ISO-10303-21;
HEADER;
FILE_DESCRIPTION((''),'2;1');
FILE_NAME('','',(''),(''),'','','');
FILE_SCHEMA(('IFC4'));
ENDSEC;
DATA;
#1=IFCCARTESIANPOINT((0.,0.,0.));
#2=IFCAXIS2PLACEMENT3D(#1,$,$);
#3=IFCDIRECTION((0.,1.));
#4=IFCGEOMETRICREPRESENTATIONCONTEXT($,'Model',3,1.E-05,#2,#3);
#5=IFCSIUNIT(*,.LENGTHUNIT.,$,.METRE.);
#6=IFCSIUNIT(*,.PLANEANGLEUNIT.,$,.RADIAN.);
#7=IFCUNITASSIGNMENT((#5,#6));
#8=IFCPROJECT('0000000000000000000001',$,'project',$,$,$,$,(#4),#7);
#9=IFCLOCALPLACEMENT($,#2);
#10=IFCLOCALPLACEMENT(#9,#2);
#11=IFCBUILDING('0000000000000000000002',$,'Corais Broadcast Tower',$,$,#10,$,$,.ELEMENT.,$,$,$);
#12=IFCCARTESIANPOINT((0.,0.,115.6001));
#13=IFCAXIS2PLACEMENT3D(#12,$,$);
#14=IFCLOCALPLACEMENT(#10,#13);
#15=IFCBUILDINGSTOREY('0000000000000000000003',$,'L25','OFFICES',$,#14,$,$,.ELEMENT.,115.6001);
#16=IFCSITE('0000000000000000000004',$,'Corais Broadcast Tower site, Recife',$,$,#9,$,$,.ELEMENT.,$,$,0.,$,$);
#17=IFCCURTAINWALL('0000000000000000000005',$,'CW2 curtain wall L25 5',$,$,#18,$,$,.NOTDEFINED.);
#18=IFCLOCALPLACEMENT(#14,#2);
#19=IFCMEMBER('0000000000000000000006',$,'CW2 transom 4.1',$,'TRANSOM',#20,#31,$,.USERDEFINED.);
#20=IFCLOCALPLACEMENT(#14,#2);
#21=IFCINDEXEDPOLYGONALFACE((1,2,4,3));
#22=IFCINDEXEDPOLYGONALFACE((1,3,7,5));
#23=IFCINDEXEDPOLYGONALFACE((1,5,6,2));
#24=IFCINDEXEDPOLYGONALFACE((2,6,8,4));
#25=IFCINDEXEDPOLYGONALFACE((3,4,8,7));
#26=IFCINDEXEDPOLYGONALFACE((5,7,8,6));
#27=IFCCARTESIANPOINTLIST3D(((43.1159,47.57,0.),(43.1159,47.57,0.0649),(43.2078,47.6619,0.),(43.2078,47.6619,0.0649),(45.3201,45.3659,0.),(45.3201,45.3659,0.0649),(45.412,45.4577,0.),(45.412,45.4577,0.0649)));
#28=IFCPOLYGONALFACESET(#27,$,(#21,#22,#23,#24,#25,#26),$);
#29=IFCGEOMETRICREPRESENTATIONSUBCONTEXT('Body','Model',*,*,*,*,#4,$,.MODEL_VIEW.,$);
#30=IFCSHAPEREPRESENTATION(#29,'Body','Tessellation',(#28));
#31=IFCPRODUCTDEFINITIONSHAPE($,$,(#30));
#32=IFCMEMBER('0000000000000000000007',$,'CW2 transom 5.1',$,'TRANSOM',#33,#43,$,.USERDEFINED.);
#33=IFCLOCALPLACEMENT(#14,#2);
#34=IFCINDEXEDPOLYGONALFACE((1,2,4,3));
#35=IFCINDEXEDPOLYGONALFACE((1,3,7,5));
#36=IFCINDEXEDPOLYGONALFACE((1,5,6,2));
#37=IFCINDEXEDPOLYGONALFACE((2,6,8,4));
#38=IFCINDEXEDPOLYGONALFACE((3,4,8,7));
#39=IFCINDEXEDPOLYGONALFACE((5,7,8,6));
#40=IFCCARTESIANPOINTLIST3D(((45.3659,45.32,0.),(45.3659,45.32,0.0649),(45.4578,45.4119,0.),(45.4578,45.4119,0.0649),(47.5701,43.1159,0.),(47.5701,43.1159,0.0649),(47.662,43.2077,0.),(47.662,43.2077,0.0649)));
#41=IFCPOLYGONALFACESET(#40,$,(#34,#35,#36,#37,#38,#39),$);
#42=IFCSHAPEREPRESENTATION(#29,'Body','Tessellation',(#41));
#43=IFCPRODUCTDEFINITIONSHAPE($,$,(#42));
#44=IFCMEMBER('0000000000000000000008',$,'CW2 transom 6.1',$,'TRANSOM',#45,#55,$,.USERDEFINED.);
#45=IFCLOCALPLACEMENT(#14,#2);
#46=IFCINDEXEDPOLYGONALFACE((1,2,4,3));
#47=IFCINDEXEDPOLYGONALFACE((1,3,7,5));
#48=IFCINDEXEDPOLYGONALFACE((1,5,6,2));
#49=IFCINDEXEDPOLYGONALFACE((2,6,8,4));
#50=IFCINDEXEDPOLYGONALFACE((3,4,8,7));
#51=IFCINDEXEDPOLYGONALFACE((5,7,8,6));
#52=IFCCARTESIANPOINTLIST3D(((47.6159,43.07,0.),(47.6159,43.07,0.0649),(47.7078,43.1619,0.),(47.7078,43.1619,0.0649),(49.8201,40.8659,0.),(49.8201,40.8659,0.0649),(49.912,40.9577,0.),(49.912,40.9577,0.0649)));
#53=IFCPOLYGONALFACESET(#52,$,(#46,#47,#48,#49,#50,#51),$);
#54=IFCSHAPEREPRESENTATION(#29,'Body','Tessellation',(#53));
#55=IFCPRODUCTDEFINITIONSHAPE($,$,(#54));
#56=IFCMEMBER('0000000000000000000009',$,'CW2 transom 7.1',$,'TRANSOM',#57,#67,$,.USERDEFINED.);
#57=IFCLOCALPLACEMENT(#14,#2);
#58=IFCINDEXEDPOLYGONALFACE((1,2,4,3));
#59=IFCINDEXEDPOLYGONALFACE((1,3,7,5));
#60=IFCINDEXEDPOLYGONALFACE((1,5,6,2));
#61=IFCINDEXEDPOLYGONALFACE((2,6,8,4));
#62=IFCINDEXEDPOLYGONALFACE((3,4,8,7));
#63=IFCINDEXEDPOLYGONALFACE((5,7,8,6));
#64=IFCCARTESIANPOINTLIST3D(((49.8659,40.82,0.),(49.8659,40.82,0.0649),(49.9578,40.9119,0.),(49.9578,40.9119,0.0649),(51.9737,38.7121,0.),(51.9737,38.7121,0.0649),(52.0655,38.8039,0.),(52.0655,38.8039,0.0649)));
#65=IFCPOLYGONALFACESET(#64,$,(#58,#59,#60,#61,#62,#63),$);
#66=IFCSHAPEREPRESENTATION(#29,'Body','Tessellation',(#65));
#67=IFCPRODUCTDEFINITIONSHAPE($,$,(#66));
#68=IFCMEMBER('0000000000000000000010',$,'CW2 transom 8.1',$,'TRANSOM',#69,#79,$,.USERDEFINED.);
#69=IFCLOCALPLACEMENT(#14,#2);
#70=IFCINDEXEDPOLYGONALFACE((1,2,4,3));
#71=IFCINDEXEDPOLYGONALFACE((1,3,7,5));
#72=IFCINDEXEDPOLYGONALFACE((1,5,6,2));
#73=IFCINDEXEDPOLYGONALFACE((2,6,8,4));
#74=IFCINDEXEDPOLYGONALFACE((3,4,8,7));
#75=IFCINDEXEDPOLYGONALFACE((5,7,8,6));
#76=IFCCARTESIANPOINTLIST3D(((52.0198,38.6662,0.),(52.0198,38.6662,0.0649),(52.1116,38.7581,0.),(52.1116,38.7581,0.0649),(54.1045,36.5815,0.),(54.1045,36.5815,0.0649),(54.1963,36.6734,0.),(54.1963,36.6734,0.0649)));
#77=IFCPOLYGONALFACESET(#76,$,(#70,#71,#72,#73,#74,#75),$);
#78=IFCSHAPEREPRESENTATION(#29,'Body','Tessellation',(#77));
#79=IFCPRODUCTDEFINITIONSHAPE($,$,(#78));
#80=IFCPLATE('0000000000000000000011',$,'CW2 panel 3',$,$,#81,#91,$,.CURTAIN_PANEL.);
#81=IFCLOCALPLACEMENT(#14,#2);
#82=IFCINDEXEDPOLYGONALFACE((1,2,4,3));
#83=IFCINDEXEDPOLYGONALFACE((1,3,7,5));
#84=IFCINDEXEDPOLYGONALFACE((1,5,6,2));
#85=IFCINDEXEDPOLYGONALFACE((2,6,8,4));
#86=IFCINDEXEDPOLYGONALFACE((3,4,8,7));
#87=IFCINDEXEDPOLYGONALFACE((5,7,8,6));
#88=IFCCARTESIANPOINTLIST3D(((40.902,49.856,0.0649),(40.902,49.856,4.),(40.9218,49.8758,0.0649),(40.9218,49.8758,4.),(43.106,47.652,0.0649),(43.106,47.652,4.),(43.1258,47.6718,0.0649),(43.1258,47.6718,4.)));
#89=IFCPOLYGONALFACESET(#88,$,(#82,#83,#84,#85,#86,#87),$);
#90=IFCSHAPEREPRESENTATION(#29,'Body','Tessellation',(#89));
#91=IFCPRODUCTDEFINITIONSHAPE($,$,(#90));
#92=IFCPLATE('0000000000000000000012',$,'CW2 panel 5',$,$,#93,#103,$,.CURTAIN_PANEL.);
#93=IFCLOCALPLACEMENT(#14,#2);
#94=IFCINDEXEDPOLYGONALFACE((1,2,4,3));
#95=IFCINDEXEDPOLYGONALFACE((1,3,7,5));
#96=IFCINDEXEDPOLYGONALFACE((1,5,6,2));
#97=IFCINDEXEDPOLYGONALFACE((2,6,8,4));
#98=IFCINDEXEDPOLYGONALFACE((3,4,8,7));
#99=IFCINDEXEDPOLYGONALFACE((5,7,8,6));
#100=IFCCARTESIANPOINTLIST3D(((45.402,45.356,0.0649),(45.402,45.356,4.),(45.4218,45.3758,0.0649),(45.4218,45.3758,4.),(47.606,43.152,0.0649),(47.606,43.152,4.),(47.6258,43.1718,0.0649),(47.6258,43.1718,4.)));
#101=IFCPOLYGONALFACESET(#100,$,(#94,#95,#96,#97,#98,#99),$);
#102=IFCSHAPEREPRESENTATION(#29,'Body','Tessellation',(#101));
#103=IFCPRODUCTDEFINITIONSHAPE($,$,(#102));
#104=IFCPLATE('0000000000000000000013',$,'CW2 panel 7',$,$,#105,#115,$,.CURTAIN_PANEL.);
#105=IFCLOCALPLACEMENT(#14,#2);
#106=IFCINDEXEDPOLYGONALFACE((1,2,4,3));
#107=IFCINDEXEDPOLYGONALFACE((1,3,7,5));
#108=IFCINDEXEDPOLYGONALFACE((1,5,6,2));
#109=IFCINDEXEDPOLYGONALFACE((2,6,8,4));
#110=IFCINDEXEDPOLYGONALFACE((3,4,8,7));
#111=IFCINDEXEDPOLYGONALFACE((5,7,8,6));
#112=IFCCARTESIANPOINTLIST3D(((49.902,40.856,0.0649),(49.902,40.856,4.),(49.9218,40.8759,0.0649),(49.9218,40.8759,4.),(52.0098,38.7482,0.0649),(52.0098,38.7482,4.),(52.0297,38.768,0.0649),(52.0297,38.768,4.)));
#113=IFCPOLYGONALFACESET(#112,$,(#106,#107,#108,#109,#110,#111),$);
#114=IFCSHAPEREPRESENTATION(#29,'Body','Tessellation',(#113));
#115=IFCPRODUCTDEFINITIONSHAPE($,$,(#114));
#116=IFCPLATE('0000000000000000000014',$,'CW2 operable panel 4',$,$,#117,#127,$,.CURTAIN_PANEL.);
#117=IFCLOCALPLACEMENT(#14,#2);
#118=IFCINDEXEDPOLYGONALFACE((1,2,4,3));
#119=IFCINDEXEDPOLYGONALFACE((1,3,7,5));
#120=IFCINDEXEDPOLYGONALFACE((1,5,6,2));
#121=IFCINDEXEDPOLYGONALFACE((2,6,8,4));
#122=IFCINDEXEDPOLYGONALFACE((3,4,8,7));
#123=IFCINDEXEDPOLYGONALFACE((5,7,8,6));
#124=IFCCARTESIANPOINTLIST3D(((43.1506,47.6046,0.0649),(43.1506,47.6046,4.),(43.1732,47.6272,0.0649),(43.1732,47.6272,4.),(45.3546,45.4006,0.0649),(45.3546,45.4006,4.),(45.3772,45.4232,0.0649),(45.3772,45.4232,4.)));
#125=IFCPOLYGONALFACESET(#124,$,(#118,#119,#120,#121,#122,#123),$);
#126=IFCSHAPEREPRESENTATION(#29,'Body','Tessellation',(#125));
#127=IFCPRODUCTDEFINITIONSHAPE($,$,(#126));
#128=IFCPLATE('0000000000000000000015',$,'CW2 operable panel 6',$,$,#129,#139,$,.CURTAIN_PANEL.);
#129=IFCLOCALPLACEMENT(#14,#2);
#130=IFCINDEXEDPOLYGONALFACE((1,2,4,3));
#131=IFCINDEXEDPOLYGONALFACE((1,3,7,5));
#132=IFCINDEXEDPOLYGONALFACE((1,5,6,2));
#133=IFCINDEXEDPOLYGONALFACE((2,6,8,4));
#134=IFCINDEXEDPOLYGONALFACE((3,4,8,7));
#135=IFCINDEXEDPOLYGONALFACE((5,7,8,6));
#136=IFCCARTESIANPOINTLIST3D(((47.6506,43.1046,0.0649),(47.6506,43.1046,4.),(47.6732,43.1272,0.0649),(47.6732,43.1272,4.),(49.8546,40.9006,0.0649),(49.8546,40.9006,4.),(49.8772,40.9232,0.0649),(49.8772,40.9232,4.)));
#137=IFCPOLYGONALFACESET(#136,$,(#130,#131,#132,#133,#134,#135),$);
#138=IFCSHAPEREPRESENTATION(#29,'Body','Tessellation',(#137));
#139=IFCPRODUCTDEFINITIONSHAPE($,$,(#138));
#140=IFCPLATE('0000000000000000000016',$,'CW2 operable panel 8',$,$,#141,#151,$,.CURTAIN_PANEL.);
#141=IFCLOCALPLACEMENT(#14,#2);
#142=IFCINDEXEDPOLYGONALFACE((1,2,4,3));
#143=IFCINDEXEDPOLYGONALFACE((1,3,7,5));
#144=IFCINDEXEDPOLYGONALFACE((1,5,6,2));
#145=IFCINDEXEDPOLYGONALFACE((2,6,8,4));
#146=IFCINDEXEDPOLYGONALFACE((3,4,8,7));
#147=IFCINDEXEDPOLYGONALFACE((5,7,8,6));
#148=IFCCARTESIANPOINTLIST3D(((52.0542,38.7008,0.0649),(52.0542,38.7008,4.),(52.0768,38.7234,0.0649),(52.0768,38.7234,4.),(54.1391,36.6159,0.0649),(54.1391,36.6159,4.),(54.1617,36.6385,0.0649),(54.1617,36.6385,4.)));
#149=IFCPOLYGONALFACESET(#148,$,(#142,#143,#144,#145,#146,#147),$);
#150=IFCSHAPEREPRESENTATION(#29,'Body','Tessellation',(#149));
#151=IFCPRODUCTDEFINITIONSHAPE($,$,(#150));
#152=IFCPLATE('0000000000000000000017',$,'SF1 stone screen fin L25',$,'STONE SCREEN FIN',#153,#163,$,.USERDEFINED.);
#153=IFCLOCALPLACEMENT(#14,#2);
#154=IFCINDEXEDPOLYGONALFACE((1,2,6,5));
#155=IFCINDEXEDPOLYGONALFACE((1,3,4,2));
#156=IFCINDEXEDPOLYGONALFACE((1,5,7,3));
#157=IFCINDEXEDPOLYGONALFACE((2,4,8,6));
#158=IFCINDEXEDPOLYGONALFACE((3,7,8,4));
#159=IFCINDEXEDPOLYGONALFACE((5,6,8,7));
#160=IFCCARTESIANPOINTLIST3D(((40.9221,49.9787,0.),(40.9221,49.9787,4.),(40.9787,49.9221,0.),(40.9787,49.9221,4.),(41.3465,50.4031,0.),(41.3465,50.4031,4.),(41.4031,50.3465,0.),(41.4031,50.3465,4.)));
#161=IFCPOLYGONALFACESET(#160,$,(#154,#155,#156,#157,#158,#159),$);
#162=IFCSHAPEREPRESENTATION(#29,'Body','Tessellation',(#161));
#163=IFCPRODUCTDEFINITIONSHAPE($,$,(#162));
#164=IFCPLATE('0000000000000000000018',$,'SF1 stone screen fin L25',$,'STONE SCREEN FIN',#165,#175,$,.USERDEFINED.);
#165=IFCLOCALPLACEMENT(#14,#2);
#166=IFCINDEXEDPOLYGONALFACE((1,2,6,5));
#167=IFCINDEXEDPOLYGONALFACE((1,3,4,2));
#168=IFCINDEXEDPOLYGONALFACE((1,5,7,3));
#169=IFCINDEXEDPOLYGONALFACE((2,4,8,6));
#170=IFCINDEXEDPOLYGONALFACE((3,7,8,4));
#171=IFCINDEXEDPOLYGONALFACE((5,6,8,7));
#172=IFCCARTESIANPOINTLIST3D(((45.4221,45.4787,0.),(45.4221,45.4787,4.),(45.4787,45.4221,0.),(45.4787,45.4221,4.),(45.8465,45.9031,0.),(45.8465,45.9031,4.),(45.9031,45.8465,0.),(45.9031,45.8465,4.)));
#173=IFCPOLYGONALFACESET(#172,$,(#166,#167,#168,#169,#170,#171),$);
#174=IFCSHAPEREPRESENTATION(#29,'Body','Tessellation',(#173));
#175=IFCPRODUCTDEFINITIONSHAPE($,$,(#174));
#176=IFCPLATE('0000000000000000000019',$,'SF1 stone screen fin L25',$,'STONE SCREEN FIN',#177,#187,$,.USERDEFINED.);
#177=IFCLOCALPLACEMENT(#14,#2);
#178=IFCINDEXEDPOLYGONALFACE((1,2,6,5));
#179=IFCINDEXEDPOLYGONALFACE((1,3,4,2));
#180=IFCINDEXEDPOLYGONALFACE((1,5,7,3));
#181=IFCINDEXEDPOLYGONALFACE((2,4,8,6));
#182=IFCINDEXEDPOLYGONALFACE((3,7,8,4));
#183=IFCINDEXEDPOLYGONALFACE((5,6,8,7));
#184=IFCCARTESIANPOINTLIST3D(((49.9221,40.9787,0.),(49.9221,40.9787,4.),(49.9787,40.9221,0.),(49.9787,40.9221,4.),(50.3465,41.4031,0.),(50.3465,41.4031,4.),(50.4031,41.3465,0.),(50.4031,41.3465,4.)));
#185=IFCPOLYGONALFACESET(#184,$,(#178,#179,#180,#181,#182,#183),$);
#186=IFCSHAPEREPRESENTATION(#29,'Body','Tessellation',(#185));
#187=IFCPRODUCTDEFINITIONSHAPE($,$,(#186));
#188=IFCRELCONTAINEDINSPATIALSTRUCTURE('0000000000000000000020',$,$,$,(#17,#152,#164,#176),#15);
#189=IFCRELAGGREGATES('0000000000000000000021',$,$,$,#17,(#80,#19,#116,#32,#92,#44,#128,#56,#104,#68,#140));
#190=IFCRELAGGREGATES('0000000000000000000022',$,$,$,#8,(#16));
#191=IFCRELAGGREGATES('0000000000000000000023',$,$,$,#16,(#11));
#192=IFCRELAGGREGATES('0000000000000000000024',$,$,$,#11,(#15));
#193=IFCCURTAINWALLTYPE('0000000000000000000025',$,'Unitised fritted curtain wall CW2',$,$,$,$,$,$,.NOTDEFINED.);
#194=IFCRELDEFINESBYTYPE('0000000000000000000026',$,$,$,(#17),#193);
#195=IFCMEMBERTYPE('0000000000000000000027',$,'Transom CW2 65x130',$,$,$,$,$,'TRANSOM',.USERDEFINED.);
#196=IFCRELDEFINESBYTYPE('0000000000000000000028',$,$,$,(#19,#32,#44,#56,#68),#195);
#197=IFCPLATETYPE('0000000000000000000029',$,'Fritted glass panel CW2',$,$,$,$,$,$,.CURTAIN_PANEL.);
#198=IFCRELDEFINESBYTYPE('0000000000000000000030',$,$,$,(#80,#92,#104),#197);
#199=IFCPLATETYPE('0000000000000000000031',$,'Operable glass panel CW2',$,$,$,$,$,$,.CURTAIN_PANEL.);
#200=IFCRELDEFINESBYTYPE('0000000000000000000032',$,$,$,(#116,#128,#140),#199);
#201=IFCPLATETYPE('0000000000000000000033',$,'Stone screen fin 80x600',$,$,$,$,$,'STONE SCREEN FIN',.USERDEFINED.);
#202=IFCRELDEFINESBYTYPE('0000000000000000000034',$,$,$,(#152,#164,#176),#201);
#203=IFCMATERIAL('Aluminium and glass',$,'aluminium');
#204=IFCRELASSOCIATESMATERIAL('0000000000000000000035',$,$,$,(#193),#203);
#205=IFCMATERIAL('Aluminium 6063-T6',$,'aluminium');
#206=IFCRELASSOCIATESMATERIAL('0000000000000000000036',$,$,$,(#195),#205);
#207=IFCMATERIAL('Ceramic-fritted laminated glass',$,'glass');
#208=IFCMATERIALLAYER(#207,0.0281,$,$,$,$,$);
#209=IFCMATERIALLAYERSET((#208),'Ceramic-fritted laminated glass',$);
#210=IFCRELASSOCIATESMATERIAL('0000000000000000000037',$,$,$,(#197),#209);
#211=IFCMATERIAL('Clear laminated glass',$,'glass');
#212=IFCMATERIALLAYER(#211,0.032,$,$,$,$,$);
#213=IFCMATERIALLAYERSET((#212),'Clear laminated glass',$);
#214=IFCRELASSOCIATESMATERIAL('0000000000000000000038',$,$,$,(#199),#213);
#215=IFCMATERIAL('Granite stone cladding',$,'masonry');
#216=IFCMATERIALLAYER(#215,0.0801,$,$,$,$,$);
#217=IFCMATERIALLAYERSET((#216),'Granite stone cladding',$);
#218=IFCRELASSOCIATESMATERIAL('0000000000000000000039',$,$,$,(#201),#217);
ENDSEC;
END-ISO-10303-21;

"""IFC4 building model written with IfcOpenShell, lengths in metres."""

from ifc_helpers import new_model, si_unit, direction, frame, origin, origin_2d, place, context, subcontext, project, spatial, rectangle, extrude, material, layer, layer_set, material_profile, profile_set, type_object, element, aggregate, save


model = new_model("IFC4")

# Units and contexts
model_context = context("Model", 3, precision=1e-05, world=origin(), true_north=direction((0.0, 1.0)))
body_context = subcontext(model_context, "Body", "Model", "MODEL_VIEW")
ifc_project = project(units=[si_unit("LENGTHUNIT", "METRE"), si_unit("PLANEANGLEUNIT", "RADIAN")], contexts=[model_context])

# Site, building, storey
site_placement = place(None, origin())
site = spatial("IfcSite", under=ifc_project, at=site_placement, Name="Corais Broadcast Tower site, Recife", CompositionType="ELEMENT", RefElevation=0.0)
building_placement = place(site_placement, origin())
building = spatial("IfcBuilding", under=site, at=building_placement, Name="Corais Broadcast Tower", CompositionType="ELEMENT")
storey_placement = place(building_placement, frame((0.0, 0.0, 115.6001)))
storey = spatial("IfcBuildingStorey", under=building, at=storey_placement, Name="L25", Description="OFFICES", CompositionType="ELEMENT", Elevation=115.6001)

# Curtain wall
ifc_material_1 = material(Name="Aluminium and glass", Category="aluminium")
curtain_wall_type = type_object("IfcCurtainWallType", Name="Unitised fritted curtain wall CW2", PredefinedType="NOTDEFINED", material=ifc_material_1)
curtain_wall_placement = place(storey_placement, origin())
curtain_wall = element("IfcCurtainWall", 1, at=curtain_wall_placement, inside=storey, type_object=curtain_wall_type, Name="CW2 curtain wall L25 5", PredefinedType="NOTDEFINED")

# Members
ifc_material_2 = material(Name="Aluminium 6063-T6", Category="aluminium")
ifc_material_profile_1 = material_profile(ifc_material_2, rectangle(XDim=0.1299, YDim=0.0649, at=origin_2d()), Name="Transom CW2 65x130")
ifc_profile_set_1 = profile_set([ifc_material_profile_1], Name="Aluminium 6063-T6")
member_type_1 = type_object("IfcMemberType", Name="Transom CW2 65x130", ElementType="TRANSOM", PredefinedType="USERDEFINED", material=ifc_profile_set_1)
member_1_placement = place(storey_placement, frame((43.1619, 47.616, 0.0325), z_axis=(0.707107, -0.707107, 0.0), x_axis=(0.707107, 0.707107, 0.0)))
member_1 = element("IfcMember", 2, at=member_1_placement, type_object=member_type_1, Name="CW2 transom 4.1", ObjectType="TRANSOM", PredefinedType="USERDEFINED", context=body_context, shape_type="SweptSolid", body=[
    extrude(rectangle(XDim=0.1299, YDim=0.0649, at=origin_2d()), origin(), (0.0, 0.0, 1.0), 3.1172),
])
member_2_placement = place(storey_placement, frame((45.4119, 45.366, 0.0325), z_axis=(0.707107, -0.707107, 0.0), x_axis=(0.707107, 0.707107, 0.0)))
member_2 = element("IfcMember", 3, at=member_2_placement, type_object=member_type_1, Name="CW2 transom 5.1", ObjectType="TRANSOM", PredefinedType="USERDEFINED", context=body_context, shape_type="SweptSolid", body=[
    extrude(rectangle(XDim=0.1299, YDim=0.0649, at=origin_2d()), origin(), (0.0, 0.0, 1.0), 3.1172),
])
member_3_placement = place(storey_placement, frame((47.6619, 43.116, 0.0325), z_axis=(0.707107, -0.707107, 0.0), x_axis=(0.707107, 0.707107, 0.0)))
member_3 = element("IfcMember", 4, at=member_3_placement, type_object=member_type_1, Name="CW2 transom 6.1", ObjectType="TRANSOM", PredefinedType="USERDEFINED", context=body_context, shape_type="SweptSolid", body=[
    extrude(rectangle(XDim=0.1299, YDim=0.0649, at=origin_2d()), origin(), (0.0, 0.0, 1.0), 3.1172),
])
member_4_placement = place(storey_placement, frame((49.9119, 40.866, 0.0325), z_axis=(0.707066, -0.707148, 0.0), x_axis=(0.707148, 0.707066, 0.0)))
member_4 = element("IfcMember", 5, at=member_4_placement, type_object=member_type_1, Name="CW2 transom 7.1", ObjectType="TRANSOM", PredefinedType="USERDEFINED", context=body_context, shape_type="SweptSolid", body=[
    extrude(rectangle(XDim=0.1299, YDim=0.0649, at=origin_2d()), origin(), (0.0, 0.0, 1.0), 2.981),
])
member_5_placement = place(storey_placement, frame((52.0657, 38.7122, 0.0325), z_axis=(0.707107, -0.707107, 0.0), x_axis=(0.707107, 0.707107, 0.0)))
member_5 = element("IfcMember", 6, at=member_5_placement, type_object=member_type_1, Name="CW2 transom 8.1", ObjectType="TRANSOM", PredefinedType="USERDEFINED", context=body_context, shape_type="SweptSolid", body=[
    extrude(rectangle(XDim=0.1299, YDim=0.0649, at=origin_2d()), origin(), (0.0, 0.0, 1.0), 2.9482),
])

# Plates
ifc_material_3 = material(Name="Ceramic-fritted laminated glass", Category="glass")
ifc_layer_1 = layer(ifc_material_3, 0.0281)
ifc_layer_set_1 = layer_set([ifc_layer_1], Name="Ceramic-fritted laminated glass")
plate_type_1 = type_object("IfcPlateType", Name="Fritted glass panel CW2", PredefinedType="CURTAIN_PANEL", material=ifc_layer_set_1)
plate_1_placement = place(storey_placement, frame((42.0139, 48.7639, 0.0649), z_axis=(0.0, 0.0, 1.0), x_axis=(0.707107, -0.707107, 0.0)))
plate_1 = element("IfcPlate", 7, at=plate_1_placement, type_object=plate_type_1, Name="CW2 panel 3", PredefinedType="CURTAIN_PANEL", context=body_context, shape_type="SweptSolid", body=[
    extrude(rectangle(XDim=3.1169, YDim=0.0281, at=origin_2d()), origin(), (0.0, 0.0, 1.0), 3.9351),
])
plate_2_placement = place(storey_placement, frame((46.5139, 44.2639, 0.0649), z_axis=(0.0, 0.0, 1.0), x_axis=(0.707107, -0.707107, 0.0)))
plate_2 = element("IfcPlate", 8, at=plate_2_placement, type_object=plate_type_1, Name="CW2 panel 5", PredefinedType="CURTAIN_PANEL", context=body_context, shape_type="SweptSolid", body=[
    extrude(rectangle(XDim=3.1169, YDim=0.0281, at=origin_2d()), origin(), (0.0, 0.0, 1.0), 3.9351),
])
plate_3_placement = place(storey_placement, frame((50.9658, 39.812, 0.0649), z_axis=(0.0, 0.0, 1.0), x_axis=(0.707107, -0.707107, 0.0)))
plate_3 = element("IfcPlate", 9, at=plate_3_placement, type_object=plate_type_1, Name="CW2 panel 7", PredefinedType="CURTAIN_PANEL", context=body_context, shape_type="SweptSolid", body=[
    extrude(rectangle(XDim=2.981, YDim=0.0281, at=origin_2d()), origin(), (0.0, 0.0, 1.0), 3.9351),
])
ifc_material_4 = material(Name="Clear laminated glass", Category="glass")
ifc_layer_2 = layer(ifc_material_4, 0.032)
ifc_layer_set_2 = layer_set([ifc_layer_2], Name="Clear laminated glass")
plate_type_2 = type_object("IfcPlateType", Name="Operable glass panel CW2", PredefinedType="CURTAIN_PANEL", material=ifc_layer_set_2)
plate_4_placement = place(storey_placement, frame((44.2639, 46.5139, 0.0649), z_axis=(0.0, 0.0, 1.0), x_axis=(0.707107, -0.707107, 0.0)))
plate_4 = element("IfcPlate", 10, at=plate_4_placement, type_object=plate_type_2, Name="CW2 operable panel 4", PredefinedType="CURTAIN_PANEL", context=body_context, shape_type="SweptSolid", body=[
    extrude(rectangle(XDim=3.1169, YDim=0.032, at=origin_2d()), origin(), (0.0, 0.0, 1.0), 3.9351),
])
plate_5_placement = place(storey_placement, frame((48.7639, 42.0139, 0.0649), z_axis=(0.0, 0.0, 1.0), x_axis=(0.707107, -0.707107, 0.0)))
plate_5 = element("IfcPlate", 11, at=plate_5_placement, type_object=plate_type_2, Name="CW2 operable panel 6", PredefinedType="CURTAIN_PANEL", context=body_context, shape_type="SweptSolid", body=[
    extrude(rectangle(XDim=3.1169, YDim=0.032, at=origin_2d()), origin(), (0.0, 0.0, 1.0), 3.9351),
])
plate_6_placement = place(storey_placement, frame((53.1079, 37.6697, 0.0649), z_axis=(0.0, 0.0, 1.0), x_axis=(0.707107, -0.707107, 0.0)))
plate_6 = element("IfcPlate", 12, at=plate_6_placement, type_object=plate_type_2, Name="CW2 operable panel 8", PredefinedType="CURTAIN_PANEL", context=body_context, shape_type="SweptSolid", body=[
    extrude(rectangle(XDim=2.9485, YDim=0.032, at=origin_2d()), origin(), (0.0, 0.0, 1.0), 3.9351),
])
aggregate(curtain_wall, [plate_1, member_1, plate_4, member_2, plate_2, member_3, plate_5, member_4, plate_3, member_5, plate_6])

# Plates
ifc_material_5 = material(Name="Granite stone cladding", Category="masonry")
ifc_layer_3 = layer(ifc_material_5, 0.0801)
ifc_layer_set_3 = layer_set([ifc_layer_3], Name="Granite stone cladding")
plate_type_3 = type_object("IfcPlateType", Name="Stone screen fin 80x600", ElementType="STONE SCREEN FIN", PredefinedType="USERDEFINED", material=ifc_layer_set_3)
for number, where, z_axis, x_axis, name in (
    (13, (41.1626, 50.1626, 0.0), (0.0, 0.0, 1.0), (0.707107, -0.707107, 0.0), "SF1 stone screen fin L25"),
    (14, (45.6626, 45.6626, 0.0), (0.0, 0.0, 1.0), (0.707107, -0.707107, 0.0), "SF1 stone screen fin L25"),
    (15, (50.1626, 41.1626, 0.0), (0.0, 0.0, 1.0), (0.707107, -0.707107, 0.0), "SF1 stone screen fin L25"),
):
    element("IfcPlate", number, at=place(storey_placement, frame(where, z_axis=z_axis, x_axis=x_axis)), inside=storey, type_object=plate_type_3, Name=name, ObjectType="STONE SCREEN FIN", PredefinedType="USERDEFINED", context=body_context, shape_type="SweptSolid", body=[
        extrude(rectangle(XDim=0.0801, YDim=0.6001, at=origin_2d()), origin(), (0.0, 0.0, 1.0), 4.0),
    ])

save(model, "model.ifc")
